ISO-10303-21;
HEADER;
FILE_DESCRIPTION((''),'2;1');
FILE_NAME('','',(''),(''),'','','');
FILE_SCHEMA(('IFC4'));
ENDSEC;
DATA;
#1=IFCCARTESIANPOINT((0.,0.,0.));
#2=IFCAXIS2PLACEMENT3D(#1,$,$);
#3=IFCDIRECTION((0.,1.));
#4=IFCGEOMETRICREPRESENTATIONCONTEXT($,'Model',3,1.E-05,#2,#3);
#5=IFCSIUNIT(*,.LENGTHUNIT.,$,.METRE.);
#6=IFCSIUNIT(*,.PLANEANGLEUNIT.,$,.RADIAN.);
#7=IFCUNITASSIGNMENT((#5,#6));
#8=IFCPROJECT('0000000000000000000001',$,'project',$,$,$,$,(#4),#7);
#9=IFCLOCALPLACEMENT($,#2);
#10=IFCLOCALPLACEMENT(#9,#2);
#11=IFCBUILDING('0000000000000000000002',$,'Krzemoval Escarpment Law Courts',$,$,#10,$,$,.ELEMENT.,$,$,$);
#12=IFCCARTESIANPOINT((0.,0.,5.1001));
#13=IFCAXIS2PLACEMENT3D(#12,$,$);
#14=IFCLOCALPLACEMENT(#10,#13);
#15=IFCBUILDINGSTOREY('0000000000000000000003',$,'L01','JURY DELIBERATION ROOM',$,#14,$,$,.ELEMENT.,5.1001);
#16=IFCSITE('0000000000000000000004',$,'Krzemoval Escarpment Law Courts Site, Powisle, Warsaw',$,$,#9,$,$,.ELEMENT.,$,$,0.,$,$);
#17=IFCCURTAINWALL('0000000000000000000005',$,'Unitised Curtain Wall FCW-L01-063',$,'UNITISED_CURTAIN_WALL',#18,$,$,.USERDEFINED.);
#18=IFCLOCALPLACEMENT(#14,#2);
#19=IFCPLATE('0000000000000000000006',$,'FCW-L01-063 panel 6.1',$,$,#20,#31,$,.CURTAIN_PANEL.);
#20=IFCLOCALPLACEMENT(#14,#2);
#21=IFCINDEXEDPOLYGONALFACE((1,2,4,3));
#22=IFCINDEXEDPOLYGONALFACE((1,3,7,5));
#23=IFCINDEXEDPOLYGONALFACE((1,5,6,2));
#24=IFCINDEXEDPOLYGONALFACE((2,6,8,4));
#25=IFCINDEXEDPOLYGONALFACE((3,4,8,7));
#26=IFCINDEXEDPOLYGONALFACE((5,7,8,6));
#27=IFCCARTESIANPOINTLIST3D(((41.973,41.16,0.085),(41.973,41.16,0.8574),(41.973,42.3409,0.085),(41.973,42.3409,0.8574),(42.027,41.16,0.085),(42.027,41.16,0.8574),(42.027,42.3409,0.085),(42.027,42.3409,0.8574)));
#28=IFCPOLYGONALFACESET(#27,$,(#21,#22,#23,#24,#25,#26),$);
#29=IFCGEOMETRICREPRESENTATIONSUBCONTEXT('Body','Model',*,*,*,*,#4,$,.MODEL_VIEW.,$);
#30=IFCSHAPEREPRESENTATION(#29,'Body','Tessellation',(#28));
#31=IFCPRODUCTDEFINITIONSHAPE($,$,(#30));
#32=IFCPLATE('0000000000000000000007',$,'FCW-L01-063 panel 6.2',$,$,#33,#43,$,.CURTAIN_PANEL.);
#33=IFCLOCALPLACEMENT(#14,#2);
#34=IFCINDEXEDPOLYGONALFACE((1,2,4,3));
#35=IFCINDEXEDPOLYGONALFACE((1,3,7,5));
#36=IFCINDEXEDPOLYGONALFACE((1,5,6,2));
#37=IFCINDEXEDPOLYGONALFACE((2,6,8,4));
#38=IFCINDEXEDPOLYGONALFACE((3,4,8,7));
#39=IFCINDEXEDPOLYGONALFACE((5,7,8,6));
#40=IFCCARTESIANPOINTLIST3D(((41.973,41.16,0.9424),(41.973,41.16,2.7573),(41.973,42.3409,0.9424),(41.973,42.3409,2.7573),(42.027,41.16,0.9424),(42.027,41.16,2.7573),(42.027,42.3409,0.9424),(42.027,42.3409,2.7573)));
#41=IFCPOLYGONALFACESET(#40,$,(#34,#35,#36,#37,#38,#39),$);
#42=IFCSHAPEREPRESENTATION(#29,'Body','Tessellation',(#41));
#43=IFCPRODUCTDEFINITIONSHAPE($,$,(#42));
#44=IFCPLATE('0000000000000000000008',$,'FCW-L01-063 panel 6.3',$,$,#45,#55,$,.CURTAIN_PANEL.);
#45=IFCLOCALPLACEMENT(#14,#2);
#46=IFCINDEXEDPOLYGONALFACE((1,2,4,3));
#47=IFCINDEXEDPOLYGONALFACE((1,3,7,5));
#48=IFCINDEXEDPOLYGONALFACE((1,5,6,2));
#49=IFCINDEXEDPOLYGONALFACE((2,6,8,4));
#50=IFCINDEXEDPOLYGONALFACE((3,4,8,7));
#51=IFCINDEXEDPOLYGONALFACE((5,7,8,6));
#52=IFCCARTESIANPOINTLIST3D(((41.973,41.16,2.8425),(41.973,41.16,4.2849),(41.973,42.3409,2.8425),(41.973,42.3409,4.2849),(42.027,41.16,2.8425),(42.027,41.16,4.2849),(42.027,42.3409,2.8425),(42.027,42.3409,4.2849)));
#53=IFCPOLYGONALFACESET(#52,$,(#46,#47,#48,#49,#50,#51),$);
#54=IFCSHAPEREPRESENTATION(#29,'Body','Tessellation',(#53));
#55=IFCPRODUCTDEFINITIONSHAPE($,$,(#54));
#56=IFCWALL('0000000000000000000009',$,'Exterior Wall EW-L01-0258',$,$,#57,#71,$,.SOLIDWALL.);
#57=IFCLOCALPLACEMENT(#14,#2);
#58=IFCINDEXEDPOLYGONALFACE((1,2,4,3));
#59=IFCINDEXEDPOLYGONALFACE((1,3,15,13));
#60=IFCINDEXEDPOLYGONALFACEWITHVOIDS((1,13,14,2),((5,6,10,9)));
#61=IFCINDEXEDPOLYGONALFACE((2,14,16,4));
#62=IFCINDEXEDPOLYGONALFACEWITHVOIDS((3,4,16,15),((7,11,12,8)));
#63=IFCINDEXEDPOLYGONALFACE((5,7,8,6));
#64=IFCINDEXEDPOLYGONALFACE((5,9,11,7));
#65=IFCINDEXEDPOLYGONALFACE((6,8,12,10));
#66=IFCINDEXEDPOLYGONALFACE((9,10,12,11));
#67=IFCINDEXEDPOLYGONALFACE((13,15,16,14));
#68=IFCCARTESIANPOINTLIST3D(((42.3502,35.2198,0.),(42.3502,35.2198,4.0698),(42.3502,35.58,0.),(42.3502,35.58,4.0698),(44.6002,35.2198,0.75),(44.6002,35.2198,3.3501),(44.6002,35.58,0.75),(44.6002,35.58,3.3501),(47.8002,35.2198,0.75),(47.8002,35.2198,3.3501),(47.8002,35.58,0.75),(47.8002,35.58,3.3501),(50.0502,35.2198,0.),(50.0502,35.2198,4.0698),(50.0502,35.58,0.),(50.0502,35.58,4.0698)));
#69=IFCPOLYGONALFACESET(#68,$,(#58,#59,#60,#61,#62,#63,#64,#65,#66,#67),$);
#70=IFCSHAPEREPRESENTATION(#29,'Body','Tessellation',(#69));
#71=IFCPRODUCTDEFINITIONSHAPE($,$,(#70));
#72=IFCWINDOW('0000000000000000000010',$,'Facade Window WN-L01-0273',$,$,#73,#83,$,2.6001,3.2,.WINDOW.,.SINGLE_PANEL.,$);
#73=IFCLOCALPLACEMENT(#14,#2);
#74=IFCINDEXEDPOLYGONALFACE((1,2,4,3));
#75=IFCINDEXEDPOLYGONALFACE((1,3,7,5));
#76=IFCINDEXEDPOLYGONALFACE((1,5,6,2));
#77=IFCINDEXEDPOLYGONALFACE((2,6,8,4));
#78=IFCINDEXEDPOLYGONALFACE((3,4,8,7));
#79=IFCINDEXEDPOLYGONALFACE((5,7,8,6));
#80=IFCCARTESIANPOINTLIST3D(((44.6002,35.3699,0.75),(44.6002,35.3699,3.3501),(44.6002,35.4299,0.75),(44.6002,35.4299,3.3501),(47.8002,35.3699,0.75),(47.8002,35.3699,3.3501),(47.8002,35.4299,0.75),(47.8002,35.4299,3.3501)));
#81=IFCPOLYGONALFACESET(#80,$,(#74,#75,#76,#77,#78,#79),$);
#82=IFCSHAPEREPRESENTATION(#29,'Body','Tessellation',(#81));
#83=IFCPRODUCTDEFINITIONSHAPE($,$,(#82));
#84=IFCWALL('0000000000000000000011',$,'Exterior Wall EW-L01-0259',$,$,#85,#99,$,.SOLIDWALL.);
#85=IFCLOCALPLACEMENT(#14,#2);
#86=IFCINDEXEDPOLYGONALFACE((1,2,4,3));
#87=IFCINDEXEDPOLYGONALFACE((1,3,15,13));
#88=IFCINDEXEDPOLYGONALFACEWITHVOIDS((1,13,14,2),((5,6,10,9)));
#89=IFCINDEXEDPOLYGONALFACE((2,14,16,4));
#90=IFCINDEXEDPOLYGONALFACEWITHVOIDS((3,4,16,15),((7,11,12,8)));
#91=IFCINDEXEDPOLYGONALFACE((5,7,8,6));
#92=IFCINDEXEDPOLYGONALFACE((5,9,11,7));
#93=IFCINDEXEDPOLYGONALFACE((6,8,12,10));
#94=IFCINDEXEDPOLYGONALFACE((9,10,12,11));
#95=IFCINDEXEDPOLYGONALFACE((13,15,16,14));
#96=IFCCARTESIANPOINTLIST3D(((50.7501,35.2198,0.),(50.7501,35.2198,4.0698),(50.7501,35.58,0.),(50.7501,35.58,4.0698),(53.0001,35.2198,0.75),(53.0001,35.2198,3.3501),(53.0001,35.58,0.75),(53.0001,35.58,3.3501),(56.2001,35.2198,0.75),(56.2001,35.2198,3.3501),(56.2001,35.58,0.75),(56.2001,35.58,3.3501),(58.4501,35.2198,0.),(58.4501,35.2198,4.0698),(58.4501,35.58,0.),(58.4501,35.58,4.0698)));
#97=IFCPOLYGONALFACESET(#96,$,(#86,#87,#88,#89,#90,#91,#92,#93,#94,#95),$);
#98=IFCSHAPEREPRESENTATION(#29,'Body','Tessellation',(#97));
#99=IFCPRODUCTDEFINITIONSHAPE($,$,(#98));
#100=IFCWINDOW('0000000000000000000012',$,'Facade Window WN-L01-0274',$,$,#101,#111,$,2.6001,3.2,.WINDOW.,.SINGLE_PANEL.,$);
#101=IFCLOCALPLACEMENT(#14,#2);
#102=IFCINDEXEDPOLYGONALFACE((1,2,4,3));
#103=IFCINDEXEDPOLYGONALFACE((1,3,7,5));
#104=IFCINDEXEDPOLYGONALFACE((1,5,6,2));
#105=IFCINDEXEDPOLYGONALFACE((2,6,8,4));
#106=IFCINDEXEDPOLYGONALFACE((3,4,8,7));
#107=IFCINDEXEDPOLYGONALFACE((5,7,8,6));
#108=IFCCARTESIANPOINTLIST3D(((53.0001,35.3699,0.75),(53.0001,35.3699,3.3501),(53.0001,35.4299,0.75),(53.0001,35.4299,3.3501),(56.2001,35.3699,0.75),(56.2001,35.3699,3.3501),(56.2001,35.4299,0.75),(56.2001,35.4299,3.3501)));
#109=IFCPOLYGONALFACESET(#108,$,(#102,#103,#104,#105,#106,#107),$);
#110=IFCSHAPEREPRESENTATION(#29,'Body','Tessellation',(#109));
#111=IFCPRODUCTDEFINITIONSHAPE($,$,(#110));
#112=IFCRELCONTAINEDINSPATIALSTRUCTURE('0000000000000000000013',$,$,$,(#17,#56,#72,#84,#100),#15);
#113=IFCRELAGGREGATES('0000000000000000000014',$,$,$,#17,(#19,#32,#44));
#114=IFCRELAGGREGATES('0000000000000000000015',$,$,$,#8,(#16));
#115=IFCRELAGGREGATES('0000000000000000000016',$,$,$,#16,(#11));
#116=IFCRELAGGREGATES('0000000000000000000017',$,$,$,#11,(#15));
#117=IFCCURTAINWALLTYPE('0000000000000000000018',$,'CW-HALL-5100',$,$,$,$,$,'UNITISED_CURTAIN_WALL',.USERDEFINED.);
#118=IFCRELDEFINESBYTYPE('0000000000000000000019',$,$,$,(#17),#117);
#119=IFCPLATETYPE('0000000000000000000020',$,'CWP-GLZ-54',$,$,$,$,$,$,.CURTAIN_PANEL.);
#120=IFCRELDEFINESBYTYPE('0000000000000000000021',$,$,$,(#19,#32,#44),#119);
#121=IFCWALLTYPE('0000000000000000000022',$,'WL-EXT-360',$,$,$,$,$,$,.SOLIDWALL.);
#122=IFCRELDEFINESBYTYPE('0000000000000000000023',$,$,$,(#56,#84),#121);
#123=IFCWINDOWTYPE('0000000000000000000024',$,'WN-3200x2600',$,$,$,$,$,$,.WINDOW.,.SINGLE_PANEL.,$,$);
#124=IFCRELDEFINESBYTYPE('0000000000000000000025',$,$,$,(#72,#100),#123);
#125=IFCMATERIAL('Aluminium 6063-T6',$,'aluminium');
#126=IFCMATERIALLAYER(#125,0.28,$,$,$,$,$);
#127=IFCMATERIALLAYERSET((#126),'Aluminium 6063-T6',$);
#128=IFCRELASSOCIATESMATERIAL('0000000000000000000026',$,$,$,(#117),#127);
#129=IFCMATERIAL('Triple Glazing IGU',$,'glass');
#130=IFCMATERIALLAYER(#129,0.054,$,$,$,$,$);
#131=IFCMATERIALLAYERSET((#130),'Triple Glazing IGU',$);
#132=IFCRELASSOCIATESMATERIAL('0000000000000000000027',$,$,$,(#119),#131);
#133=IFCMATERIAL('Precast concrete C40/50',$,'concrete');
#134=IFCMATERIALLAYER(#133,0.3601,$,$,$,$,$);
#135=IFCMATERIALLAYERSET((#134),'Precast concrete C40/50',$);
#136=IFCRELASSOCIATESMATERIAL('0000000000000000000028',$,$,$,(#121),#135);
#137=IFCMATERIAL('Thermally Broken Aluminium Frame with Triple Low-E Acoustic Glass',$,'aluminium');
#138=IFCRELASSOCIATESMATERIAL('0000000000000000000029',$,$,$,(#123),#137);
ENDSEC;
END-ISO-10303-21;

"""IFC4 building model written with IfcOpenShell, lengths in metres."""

from ifc_helpers import new_model, si_unit, direction, frame, frame_2d, origin, origin_2d, place, context, subcontext, project, spatial, rectangle, extrude, material, layer, layer_set, type_object, element, fill, aggregate, save


model = new_model("IFC4")

# Units and contexts
model_context = context("Model", 3, precision=1e-05, world=origin(), true_north=direction((0.0, 1.0)))
body_context = subcontext(model_context, "Body", "Model", "MODEL_VIEW")
ifc_project = project(units=[si_unit("LENGTHUNIT", "METRE"), si_unit("PLANEANGLEUNIT", "RADIAN")], contexts=[model_context])

# Site, building, storey
site_placement = place(None, origin())
site = spatial("IfcSite", under=ifc_project, at=site_placement, Name="Krzemoval Escarpment Law Courts Site, Powisle, Warsaw", CompositionType="ELEMENT", RefElevation=0.0)
building_placement = place(site_placement, origin())
building = spatial("IfcBuilding", under=site, at=building_placement, Name="Krzemoval Escarpment Law Courts", CompositionType="ELEMENT")
storey_placement = place(building_placement, frame((0.0, 0.0, 5.1001)))
storey = spatial("IfcBuildingStorey", under=building, at=storey_placement, Name="L01", Description="JURY DELIBERATION ROOM", CompositionType="ELEMENT", Elevation=5.1001)

# Curtain wall
ifc_material_1 = material(Name="Aluminium 6063-T6", Category="aluminium")
ifc_layer_1 = layer(ifc_material_1, 0.28)
ifc_layer_set_1 = layer_set([ifc_layer_1], Name="Aluminium 6063-T6")
curtain_wall_type = type_object("IfcCurtainWallType", Name="CW-HALL-5100", ElementType="UNITISED_CURTAIN_WALL", PredefinedType="USERDEFINED", material=ifc_layer_set_1)
curtain_wall_placement = place(storey_placement, origin())
curtain_wall = element("IfcCurtainWall", 1, at=curtain_wall_placement, inside=storey, type_object=curtain_wall_type, Name="Unitised Curtain Wall FCW-L01-063", ObjectType="UNITISED_CURTAIN_WALL", PredefinedType="USERDEFINED")

# Plates
ifc_material_2 = material(Name="Triple Glazing IGU", Category="glass")
ifc_layer_2 = layer(ifc_material_2, 0.054)
ifc_layer_set_2 = layer_set([ifc_layer_2], Name="Triple Glazing IGU")
plate_type = type_object("IfcPlateType", Name="CWP-GLZ-54", PredefinedType="CURTAIN_PANEL", material=ifc_layer_set_2)
plate_1_placement = place(storey_placement, frame((42.0, 41.7505, 0.085), z_axis=(0.0, 0.0, 1.0), x_axis=(0.0, -1.0, 0.0)))
plate_1 = element("IfcPlate", 2, at=plate_1_placement, type_object=plate_type, Name="FCW-L01-063 panel 6.1", PredefinedType="CURTAIN_PANEL", context=body_context, shape_type="SweptSolid", body=[
    extrude(rectangle(XDim=1.1809, YDim=0.054, at=origin_2d()), origin(), (0.0, 0.0, 1.0), 0.7725),
])
plate_2_placement = place(storey_placement, frame((42.0, 41.7505, 0.9424), z_axis=(0.0, 0.0, 1.0), x_axis=(0.0, -1.0, 0.0)))
plate_2 = element("IfcPlate", 3, at=plate_2_placement, type_object=plate_type, Name="FCW-L01-063 panel 6.2", PredefinedType="CURTAIN_PANEL", context=body_context, shape_type="SweptSolid", body=[
    extrude(rectangle(XDim=1.1809, YDim=0.054, at=origin_2d()), origin(), (0.0, 0.0, 1.0), 1.8149),
])
plate_3_placement = place(storey_placement, frame((42.0, 41.7505, 2.8425), z_axis=(0.0, 0.0, 1.0), x_axis=(0.0, -1.0, 0.0)))
plate_3 = element("IfcPlate", 4, at=plate_3_placement, type_object=plate_type, Name="FCW-L01-063 panel 6.3", PredefinedType="CURTAIN_PANEL", context=body_context, shape_type="SweptSolid", body=[
    extrude(rectangle(XDim=1.1809, YDim=0.054, at=origin_2d()), origin(), (0.0, 0.0, 1.0), 1.4424),
])
aggregate(curtain_wall, [plate_1, plate_2, plate_3])

# Walls, openings, windows
ifc_material_3 = material(Name="Precast concrete C40/50", Category="concrete")
ifc_layer_3 = layer(ifc_material_3, 0.3601)
ifc_layer_set_3 = layer_set([ifc_layer_3], Name="Precast concrete C40/50")
wall_type = type_object("IfcWallType", Name="WL-EXT-360", PredefinedType="SOLIDWALL", material=ifc_layer_set_3)
wall_1_placement = place(storey_placement, frame((42.3501, 35.3999, 0.0), z_axis=(0.0, 0.0, 1.0), x_axis=(1.0, 0.0, 0.0)))
wall_1 = element("IfcWall", 5, at=wall_1_placement, inside=storey, type_object=wall_type, Name="Exterior Wall EW-L01-0258", PredefinedType="SOLIDWALL", context=body_context, shape_type="SweptSolid", body=[
    extrude(rectangle(XDim=7.7, YDim=0.3601, at=frame_2d((3.8501, 0.0))), origin(), (0.0, 0.0, 1.0), 4.0698),
])
opening_1_placement = place(wall_1_placement, frame((2.25, 0.0, 0.75)))
opening_1 = element("IfcOpeningElement", 6, at=opening_1_placement, cuts=wall_1, PredefinedType="OPENING", context=body_context, shape_type="SweptSolid", body=[
    extrude(rectangle(XDim=3.2, YDim=2.6001, at=frame_2d((1.6001, 1.3))), frame((0.0, 0.1951, 0.0), z_axis=(0.0, -1.0, 0.0), x_axis=(1.0, 0.0, 0.0)), (0.0, 0.0, 1.0), 0.3901),
])
ifc_material_4 = material(Name="Thermally Broken Aluminium Frame with Triple Low-E Acoustic Glass", Category="aluminium")
window_type = type_object("IfcWindowType", Name="WN-3200x2600", PartitioningType="SINGLE_PANEL", PredefinedType="WINDOW", material=ifc_material_4)
window_1_placement = place(opening_1_placement, origin())
window_1 = element("IfcWindow", 7, at=window_1_placement, inside=storey, type_object=window_type, Name="Facade Window WN-L01-0273", OverallHeight=2.6001, OverallWidth=3.2, PartitioningType="SINGLE_PANEL", PredefinedType="WINDOW", context=body_context, shape_type="SweptSolid", body=[
    extrude(rectangle(XDim=3.2, YDim=2.6001, at=frame_2d((1.6001, 1.3))), frame((0.0, 0.03, 0.0), z_axis=(0.0, -1.0, 0.0), x_axis=(1.0, 0.0, 0.0)), (0.0, 0.0, 1.0), 0.0601),
])
fill(opening_1, window_1)
wall_2_placement = place(storey_placement, frame((50.75, 35.3999, 0.0), z_axis=(0.0, 0.0, 1.0), x_axis=(1.0, 0.0, 0.0)))
wall_2 = element("IfcWall", 8, at=wall_2_placement, inside=storey, type_object=wall_type, Name="Exterior Wall EW-L01-0259", PredefinedType="SOLIDWALL", context=body_context, shape_type="SweptSolid", body=[
    extrude(rectangle(XDim=7.7, YDim=0.3601, at=frame_2d((3.8501, 0.0))), origin(), (0.0, 0.0, 1.0), 4.0698),
])
opening_2_placement = place(wall_2_placement, frame((2.25, 0.0, 0.75)))
opening_2 = element("IfcOpeningElement", 9, at=opening_2_placement, cuts=wall_2, PredefinedType="OPENING", context=body_context, shape_type="SweptSolid", body=[
    extrude(rectangle(XDim=3.2, YDim=2.6001, at=frame_2d((1.6001, 1.3))), frame((0.0, 0.1951, 0.0), z_axis=(0.0, -1.0, 0.0), x_axis=(1.0, 0.0, 0.0)), (0.0, 0.0, 1.0), 0.3901),
])
window_2_placement = place(opening_2_placement, origin())
window_2 = element("IfcWindow", 10, at=window_2_placement, inside=storey, type_object=window_type, Name="Facade Window WN-L01-0274", OverallHeight=2.6001, OverallWidth=3.2, PartitioningType="SINGLE_PANEL", PredefinedType="WINDOW", context=body_context, shape_type="SweptSolid", body=[
    extrude(rectangle(XDim=3.2, YDim=2.6001, at=frame_2d((1.6001, 1.3))), frame((0.0, 0.03, 0.0), z_axis=(0.0, -1.0, 0.0), x_axis=(1.0, 0.0, 0.0)), (0.0, 0.0, 1.0), 0.0601),
])
fill(opening_2, window_2)

save(model, "model.ifc")
